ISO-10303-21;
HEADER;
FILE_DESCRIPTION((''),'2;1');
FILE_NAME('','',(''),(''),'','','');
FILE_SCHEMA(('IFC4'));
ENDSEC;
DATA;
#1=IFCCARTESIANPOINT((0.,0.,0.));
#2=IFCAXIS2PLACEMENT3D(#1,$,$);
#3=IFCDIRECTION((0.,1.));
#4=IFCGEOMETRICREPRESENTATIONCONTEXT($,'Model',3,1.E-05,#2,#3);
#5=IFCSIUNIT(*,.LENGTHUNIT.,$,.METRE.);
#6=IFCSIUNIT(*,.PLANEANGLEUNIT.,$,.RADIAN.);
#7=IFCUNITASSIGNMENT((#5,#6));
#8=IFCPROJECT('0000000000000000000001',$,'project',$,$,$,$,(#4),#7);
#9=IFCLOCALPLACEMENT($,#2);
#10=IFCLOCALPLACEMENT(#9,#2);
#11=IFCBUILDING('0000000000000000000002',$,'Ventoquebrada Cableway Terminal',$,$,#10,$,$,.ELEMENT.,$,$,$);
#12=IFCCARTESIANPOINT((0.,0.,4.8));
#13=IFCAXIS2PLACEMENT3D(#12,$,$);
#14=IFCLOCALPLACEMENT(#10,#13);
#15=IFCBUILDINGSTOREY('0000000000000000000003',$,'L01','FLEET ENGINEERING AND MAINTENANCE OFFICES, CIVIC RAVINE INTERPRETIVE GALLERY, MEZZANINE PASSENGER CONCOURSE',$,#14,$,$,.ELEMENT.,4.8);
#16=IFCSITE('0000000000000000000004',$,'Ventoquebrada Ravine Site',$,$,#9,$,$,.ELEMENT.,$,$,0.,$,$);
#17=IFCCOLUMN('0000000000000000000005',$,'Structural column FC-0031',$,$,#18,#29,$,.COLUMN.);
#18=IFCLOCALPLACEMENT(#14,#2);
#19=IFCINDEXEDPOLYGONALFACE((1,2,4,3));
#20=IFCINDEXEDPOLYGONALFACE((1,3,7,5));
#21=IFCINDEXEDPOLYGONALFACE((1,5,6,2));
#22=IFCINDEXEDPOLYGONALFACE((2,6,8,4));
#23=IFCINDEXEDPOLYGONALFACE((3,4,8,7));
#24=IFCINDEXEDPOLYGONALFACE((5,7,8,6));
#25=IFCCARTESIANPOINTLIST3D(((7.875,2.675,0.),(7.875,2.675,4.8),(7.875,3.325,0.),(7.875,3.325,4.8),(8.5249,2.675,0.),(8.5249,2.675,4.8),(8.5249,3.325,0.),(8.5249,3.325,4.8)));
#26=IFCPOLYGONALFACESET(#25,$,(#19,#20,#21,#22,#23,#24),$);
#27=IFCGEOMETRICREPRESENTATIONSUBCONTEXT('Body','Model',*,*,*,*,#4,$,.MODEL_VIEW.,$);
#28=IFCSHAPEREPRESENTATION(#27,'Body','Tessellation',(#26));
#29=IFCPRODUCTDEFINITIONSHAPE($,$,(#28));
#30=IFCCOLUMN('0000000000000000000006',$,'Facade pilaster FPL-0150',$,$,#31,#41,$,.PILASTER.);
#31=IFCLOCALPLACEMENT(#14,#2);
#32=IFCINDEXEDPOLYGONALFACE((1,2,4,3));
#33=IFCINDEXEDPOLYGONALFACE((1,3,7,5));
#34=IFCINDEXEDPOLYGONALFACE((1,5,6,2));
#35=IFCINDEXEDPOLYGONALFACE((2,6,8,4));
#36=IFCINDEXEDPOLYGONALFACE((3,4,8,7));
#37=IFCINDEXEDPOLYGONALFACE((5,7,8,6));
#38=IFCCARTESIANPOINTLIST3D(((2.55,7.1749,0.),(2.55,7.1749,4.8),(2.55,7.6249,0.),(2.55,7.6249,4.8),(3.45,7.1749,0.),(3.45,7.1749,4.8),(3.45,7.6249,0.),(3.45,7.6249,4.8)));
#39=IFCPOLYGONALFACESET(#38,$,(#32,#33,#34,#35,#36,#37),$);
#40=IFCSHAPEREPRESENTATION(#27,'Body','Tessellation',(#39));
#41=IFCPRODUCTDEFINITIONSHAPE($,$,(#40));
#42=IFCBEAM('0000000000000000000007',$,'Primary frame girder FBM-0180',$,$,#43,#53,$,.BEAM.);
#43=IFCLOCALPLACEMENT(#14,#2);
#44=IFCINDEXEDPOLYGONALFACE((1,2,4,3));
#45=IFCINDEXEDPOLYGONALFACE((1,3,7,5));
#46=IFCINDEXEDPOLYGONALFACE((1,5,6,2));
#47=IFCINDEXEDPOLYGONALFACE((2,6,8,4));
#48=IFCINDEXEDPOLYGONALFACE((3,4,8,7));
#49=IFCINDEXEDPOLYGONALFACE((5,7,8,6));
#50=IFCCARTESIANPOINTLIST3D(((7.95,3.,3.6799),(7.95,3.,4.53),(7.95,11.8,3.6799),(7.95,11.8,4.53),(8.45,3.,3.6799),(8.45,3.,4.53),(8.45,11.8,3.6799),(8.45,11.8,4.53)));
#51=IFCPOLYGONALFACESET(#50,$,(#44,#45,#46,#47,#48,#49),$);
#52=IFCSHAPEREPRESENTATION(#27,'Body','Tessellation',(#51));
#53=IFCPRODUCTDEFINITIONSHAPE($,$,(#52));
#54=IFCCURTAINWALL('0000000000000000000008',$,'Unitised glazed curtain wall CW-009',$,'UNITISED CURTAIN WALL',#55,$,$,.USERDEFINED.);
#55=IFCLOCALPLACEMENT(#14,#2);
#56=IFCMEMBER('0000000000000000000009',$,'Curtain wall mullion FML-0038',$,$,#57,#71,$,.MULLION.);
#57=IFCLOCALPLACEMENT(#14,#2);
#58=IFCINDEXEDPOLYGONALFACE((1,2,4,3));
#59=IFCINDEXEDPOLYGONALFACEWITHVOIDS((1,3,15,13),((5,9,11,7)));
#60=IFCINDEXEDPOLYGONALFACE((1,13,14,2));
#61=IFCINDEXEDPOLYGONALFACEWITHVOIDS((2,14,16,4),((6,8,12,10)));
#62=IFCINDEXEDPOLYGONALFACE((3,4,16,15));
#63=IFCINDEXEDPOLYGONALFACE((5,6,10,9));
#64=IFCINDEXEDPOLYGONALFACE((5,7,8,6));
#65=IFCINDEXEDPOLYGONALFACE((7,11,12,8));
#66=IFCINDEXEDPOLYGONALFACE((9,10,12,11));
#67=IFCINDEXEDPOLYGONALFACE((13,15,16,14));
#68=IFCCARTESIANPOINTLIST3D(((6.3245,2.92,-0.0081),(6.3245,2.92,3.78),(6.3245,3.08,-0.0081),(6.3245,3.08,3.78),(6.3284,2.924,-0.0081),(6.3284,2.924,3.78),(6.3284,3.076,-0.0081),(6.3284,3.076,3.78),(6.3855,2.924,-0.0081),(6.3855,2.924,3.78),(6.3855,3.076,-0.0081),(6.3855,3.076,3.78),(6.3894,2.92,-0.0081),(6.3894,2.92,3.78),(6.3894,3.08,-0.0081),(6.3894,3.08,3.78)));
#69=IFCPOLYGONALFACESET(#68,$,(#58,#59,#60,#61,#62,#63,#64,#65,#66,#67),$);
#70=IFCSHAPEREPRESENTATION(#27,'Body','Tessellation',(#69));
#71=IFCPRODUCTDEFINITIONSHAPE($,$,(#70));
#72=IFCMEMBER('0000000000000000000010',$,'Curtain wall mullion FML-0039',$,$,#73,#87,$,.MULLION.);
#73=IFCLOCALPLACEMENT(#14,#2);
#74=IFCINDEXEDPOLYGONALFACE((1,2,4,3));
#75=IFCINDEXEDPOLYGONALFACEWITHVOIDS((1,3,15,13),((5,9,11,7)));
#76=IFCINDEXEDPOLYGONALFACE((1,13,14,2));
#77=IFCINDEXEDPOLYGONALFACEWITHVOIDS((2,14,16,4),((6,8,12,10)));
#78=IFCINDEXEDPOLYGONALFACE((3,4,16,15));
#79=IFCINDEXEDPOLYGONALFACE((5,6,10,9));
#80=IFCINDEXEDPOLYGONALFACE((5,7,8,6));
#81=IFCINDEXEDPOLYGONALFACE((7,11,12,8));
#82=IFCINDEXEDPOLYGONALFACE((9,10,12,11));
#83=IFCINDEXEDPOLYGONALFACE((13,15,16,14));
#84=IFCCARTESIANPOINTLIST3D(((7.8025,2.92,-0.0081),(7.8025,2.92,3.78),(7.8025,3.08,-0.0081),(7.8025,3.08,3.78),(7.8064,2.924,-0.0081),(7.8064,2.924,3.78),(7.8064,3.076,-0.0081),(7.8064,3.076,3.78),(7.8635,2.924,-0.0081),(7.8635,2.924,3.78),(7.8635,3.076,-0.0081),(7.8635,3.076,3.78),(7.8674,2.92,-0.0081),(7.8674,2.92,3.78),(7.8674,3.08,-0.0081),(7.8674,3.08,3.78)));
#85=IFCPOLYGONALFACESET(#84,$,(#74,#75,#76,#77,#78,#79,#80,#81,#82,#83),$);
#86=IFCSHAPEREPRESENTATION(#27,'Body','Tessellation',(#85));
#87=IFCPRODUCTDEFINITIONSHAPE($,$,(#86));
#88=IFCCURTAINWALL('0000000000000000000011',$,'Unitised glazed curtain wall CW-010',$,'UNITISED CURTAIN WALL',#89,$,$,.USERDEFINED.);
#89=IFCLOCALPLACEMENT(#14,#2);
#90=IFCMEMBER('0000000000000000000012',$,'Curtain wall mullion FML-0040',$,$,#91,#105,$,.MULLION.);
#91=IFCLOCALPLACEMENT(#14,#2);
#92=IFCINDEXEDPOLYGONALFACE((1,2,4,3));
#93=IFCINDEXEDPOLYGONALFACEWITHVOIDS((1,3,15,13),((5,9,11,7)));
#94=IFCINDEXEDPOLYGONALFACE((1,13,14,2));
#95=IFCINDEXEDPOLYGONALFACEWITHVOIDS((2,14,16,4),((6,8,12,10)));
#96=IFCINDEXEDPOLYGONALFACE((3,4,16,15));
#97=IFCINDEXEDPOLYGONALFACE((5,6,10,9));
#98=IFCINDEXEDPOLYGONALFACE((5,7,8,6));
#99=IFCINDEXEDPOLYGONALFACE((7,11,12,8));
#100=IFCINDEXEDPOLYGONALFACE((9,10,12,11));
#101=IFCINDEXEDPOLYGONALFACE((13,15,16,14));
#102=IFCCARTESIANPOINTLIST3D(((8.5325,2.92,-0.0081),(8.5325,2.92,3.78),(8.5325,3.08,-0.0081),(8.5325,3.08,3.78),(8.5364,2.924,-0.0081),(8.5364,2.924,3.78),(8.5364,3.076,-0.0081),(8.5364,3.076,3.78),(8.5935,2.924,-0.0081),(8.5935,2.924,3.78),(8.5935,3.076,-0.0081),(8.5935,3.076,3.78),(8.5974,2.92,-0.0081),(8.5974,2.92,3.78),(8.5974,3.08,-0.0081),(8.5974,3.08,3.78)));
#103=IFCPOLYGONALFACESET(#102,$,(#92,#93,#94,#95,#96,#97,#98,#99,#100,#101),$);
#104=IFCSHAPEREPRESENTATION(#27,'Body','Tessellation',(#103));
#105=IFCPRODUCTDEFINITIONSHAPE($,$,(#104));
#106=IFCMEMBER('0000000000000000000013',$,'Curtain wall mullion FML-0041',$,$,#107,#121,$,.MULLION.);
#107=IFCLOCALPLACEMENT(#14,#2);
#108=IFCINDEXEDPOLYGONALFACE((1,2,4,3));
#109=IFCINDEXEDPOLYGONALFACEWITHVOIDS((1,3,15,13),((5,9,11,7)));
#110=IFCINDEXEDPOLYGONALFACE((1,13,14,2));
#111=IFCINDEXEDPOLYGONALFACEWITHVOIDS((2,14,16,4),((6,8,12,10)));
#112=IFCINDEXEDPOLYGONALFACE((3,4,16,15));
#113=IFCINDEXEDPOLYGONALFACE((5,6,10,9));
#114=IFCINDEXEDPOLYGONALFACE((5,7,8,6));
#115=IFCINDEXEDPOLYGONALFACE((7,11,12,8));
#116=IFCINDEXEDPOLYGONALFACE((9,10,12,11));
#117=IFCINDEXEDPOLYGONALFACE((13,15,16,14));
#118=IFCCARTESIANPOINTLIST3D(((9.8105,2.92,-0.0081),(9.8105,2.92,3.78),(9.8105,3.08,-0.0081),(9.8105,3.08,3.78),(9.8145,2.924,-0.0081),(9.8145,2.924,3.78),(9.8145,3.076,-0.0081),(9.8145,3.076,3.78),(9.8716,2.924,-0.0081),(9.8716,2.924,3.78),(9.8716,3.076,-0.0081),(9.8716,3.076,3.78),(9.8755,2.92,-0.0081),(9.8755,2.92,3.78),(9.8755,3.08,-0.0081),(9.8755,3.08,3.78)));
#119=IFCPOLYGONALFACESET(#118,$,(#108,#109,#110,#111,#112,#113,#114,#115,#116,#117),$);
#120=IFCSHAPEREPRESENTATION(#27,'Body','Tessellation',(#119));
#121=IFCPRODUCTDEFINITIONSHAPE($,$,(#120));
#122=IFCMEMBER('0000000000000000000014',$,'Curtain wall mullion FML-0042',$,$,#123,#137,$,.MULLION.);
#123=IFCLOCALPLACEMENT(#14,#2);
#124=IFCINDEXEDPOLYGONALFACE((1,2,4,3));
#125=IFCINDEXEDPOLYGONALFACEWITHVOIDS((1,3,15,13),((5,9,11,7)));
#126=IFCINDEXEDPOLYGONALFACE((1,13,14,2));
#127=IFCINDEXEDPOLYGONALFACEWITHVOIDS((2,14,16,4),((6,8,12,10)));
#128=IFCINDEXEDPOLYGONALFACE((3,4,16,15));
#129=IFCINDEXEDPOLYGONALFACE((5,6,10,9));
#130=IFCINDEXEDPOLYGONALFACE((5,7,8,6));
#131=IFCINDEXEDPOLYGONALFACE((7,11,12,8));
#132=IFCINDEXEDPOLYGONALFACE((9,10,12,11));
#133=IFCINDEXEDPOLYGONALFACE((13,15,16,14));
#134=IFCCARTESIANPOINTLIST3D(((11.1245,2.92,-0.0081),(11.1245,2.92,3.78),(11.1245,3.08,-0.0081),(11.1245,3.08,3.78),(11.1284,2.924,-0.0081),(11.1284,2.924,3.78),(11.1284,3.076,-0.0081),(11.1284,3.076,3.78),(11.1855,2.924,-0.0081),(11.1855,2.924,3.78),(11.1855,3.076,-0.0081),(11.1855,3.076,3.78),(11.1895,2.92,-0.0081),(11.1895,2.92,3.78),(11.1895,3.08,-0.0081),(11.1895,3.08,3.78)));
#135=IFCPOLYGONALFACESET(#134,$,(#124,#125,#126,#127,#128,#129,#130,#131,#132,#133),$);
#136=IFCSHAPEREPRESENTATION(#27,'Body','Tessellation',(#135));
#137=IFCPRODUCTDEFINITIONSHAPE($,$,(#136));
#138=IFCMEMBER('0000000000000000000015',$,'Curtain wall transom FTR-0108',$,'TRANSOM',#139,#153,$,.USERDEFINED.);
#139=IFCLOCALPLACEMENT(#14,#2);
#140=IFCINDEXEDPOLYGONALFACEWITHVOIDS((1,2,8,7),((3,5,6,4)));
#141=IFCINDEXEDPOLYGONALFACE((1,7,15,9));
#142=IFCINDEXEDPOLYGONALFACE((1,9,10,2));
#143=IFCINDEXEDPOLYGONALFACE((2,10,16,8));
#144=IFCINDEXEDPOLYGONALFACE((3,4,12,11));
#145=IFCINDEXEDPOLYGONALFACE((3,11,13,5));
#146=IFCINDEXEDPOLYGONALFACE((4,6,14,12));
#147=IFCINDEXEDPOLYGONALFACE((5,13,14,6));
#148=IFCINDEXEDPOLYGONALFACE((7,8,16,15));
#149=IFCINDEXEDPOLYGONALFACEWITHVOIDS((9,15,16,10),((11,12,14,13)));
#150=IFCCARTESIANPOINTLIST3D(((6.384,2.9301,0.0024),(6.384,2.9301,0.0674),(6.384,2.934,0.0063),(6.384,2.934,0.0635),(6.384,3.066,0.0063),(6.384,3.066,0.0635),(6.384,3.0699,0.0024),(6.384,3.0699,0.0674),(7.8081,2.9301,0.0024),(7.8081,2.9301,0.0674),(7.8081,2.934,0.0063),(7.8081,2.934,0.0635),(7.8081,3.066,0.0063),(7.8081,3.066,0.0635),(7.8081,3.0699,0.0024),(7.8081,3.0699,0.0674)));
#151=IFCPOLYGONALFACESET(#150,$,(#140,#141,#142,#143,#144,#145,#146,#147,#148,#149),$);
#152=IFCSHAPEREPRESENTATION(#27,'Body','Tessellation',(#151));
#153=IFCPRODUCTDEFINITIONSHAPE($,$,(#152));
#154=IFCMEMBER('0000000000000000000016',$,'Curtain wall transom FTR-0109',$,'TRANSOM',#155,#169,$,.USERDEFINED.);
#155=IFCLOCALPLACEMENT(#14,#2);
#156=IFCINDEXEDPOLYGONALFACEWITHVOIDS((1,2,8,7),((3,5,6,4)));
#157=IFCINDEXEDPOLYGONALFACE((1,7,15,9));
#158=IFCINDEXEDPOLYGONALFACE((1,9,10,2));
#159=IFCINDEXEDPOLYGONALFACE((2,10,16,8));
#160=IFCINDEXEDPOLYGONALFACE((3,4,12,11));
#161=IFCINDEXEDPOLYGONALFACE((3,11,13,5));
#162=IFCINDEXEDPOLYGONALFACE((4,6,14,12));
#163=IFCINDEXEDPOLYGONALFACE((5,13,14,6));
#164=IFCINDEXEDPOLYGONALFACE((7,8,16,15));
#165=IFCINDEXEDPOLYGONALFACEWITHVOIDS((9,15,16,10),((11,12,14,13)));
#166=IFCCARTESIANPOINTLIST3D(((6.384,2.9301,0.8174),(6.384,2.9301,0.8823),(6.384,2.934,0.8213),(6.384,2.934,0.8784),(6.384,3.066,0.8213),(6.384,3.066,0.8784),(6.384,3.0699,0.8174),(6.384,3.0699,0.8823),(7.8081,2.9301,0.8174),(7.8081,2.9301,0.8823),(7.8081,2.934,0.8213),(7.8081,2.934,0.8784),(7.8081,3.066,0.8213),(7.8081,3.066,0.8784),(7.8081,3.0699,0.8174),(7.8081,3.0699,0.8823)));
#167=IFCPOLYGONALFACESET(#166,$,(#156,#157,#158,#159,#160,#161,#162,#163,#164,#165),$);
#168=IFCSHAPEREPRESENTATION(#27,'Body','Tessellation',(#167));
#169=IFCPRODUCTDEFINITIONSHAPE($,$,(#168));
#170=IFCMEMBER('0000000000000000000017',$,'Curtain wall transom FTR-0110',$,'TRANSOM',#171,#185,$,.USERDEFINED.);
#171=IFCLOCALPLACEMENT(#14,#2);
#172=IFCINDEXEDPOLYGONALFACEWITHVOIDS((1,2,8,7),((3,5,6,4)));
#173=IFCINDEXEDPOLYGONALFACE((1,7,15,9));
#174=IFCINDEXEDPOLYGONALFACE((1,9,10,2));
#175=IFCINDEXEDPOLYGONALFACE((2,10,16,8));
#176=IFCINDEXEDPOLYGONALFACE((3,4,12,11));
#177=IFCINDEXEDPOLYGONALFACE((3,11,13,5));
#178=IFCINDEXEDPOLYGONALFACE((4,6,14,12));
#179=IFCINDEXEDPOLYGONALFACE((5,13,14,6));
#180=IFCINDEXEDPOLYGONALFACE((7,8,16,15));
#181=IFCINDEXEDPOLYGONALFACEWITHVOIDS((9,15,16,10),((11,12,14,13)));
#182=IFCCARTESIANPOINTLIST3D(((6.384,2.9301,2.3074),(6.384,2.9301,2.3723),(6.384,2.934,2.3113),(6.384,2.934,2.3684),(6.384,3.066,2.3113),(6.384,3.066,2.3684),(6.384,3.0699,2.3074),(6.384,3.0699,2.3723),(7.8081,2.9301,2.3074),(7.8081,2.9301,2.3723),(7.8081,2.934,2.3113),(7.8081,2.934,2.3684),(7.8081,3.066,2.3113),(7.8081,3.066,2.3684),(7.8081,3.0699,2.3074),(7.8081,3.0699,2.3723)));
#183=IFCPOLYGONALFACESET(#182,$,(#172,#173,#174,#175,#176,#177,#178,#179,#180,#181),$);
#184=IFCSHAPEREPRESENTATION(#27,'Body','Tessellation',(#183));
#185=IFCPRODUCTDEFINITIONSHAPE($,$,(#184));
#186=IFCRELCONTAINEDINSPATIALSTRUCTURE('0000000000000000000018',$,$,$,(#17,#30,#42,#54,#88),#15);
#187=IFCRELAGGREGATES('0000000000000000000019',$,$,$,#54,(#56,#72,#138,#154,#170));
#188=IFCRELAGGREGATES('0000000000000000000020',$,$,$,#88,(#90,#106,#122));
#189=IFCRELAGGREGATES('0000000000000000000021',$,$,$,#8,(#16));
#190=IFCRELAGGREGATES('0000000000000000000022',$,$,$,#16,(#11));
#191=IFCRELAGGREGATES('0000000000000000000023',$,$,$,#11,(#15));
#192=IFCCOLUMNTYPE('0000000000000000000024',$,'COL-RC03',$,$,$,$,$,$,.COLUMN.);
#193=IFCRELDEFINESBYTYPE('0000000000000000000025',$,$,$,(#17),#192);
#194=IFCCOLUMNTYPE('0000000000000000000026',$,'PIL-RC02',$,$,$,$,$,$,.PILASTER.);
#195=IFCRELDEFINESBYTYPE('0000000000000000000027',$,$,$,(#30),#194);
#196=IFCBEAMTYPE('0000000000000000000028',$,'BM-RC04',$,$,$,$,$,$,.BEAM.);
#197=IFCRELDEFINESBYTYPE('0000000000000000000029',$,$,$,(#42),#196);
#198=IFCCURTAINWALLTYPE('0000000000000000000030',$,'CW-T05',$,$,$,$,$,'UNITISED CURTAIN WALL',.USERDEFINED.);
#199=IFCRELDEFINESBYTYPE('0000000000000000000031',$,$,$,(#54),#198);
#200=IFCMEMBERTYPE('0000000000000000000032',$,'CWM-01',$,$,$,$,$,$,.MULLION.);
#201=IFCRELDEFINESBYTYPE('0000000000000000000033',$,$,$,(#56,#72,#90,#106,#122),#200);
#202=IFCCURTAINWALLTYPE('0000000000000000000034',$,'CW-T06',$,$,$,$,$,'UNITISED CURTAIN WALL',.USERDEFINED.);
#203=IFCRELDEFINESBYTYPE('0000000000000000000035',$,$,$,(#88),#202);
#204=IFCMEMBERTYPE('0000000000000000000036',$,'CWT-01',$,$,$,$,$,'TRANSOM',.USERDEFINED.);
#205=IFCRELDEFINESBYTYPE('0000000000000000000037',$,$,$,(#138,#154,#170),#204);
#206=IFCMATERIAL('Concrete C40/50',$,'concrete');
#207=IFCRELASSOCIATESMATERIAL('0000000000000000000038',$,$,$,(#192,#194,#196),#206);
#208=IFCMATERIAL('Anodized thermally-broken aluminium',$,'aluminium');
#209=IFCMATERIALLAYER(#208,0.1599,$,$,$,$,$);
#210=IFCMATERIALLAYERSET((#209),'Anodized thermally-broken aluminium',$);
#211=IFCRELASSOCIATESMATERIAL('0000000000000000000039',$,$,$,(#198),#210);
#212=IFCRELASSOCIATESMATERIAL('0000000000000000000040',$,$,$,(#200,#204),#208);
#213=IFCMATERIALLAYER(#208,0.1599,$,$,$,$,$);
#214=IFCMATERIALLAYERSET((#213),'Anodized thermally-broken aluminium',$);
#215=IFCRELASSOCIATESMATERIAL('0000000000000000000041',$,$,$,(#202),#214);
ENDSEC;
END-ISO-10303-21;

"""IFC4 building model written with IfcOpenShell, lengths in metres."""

from ifc_helpers import new_model, si_unit, direction, frame, origin, origin_2d, place, context, subcontext, project, spatial, rectangle, hollow_rectangle, extrude, material, layer, layer_set, material_profile, profile_set, type_object, element, aggregate, save


model = new_model("IFC4")

# Units and contexts
model_context = context("Model", 3, precision=1e-05, world=origin(), true_north=direction((0.0, 1.0)))
body_context = subcontext(model_context, "Body", "Model", "MODEL_VIEW")
ifc_project = project(units=[si_unit("LENGTHUNIT", "METRE"), si_unit("PLANEANGLEUNIT", "RADIAN")], contexts=[model_context])

# Site, building, storey
site_placement = place(None, origin())
site = spatial("IfcSite", under=ifc_project, at=site_placement, Name="Ventoquebrada Ravine Site", CompositionType="ELEMENT", RefElevation=0.0)
building_placement = place(site_placement, origin())
building = spatial("IfcBuilding", under=site, at=building_placement, Name="Ventoquebrada Cableway Terminal", CompositionType="ELEMENT")
storey_placement = place(building_placement, frame((0.0, 0.0, 4.8)))
storey = spatial("IfcBuildingStorey", under=building, at=storey_placement, Name="L01", Description="FLEET ENGINEERING AND MAINTENANCE OFFICES, CIVIC RAVINE INTERPRETIVE GALLERY, MEZZANINE PASSENGER CONCOURSE", CompositionType="ELEMENT", Elevation=4.8)

# Columns
ifc_material_1 = material(Name="Concrete C40/50", Category="concrete")
ifc_material_profile_1 = material_profile(ifc_material_1, rectangle(XDim=0.6499, YDim=0.6499, at=origin_2d()), Name="RC-COL-650X650")
ifc_profile_set_1 = profile_set([ifc_material_profile_1], Name="Concrete C40/50")
column_type_1 = type_object("IfcColumnType", Name="COL-RC03", PredefinedType="COLUMN", material=ifc_profile_set_1)
column_1_placement = place(storey_placement, frame((8.2, 3.0, 0.0), z_axis=(0.0, 0.0, 1.0), x_axis=(1.0, 0.0, 0.0)))
element("IfcColumn", 1, at=column_1_placement, inside=storey, type_object=column_type_1, Name="Structural column FC-0031", PredefinedType="COLUMN", context=body_context, shape_type="SweptSolid", body=[
    extrude(rectangle(XDim=0.6499, YDim=0.6499, at=origin_2d()), origin(), (0.0, 0.0, 1.0), 4.8),
])
ifc_material_profile_2 = material_profile(ifc_material_1, rectangle(XDim=0.45, YDim=0.8999, at=origin_2d()), Name="RC-PIL-450X900")
ifc_profile_set_2 = profile_set([ifc_material_profile_2], Name="Concrete C40/50")
column_type_2 = type_object("IfcColumnType", Name="PIL-RC02", PredefinedType="PILASTER", material=ifc_profile_set_2)
column_2_placement = place(storey_placement, frame((3.0, 7.3999, 0.0), z_axis=(0.0, 0.0, 1.0), x_axis=(0.0, 1.0, 0.0)))
element("IfcColumn", 2, at=column_2_placement, inside=storey, type_object=column_type_2, Name="Facade pilaster FPL-0150", PredefinedType="PILASTER", context=body_context, shape_type="SweptSolid", body=[
    extrude(rectangle(XDim=0.45, YDim=0.8999, at=origin_2d()), origin(), (0.0, 0.0, 1.0), 4.8),
])

# Beam
ifc_material_profile_3 = material_profile(ifc_material_1, rectangle(XDim=0.5, YDim=0.8501, at=origin_2d()), Name="RC-BM-500X850")
ifc_profile_set_3 = profile_set([ifc_material_profile_3], Name="Concrete C40/50")
beam_type_1 = type_object("IfcBeamType", Name="BM-RC04", PredefinedType="BEAM", material=ifc_profile_set_3)
beam_1_placement = place(storey_placement, frame((8.2, 3.0, 4.105), z_axis=(0.0, 1.0, 0.0), x_axis=(-1.0, 0.0, 0.0)))
element("IfcBeam", 3, at=beam_1_placement, inside=storey, type_object=beam_type_1, Name="Primary frame girder FBM-0180", PredefinedType="BEAM", context=body_context, shape_type="SweptSolid", body=[
    extrude(rectangle(XDim=0.5, YDim=0.8501, at=origin_2d()), origin(), (0.0, 0.0, 1.0), 8.8),
])

# Curtain walls, members
ifc_material_2 = material(Name="Anodized thermally-broken aluminium", Category="aluminium")
ifc_layer_1 = layer(ifc_material_2, 0.1599)
ifc_layer_set_1 = layer_set([ifc_layer_1], Name="Anodized thermally-broken aluminium")
curtain_wall_type_1 = type_object("IfcCurtainWallType", Name="CW-T05", ElementType="UNITISED CURTAIN WALL", PredefinedType="USERDEFINED", material=ifc_layer_set_1)
curtain_wall_1_placement = place(storey_placement, origin())
curtain_wall_1 = element("IfcCurtainWall", 4, at=curtain_wall_1_placement, inside=storey, type_object=curtain_wall_type_1, Name="Unitised glazed curtain wall CW-009", ObjectType="UNITISED CURTAIN WALL", PredefinedType="USERDEFINED")
ifc_material_profile_4 = material_profile(ifc_material_2, hollow_rectangle(XDim=0.0649, YDim=0.1599, WallThickness=0.0039, at=origin_2d()), Name="CW-MUL-65X160")
ifc_profile_set_4 = profile_set([ifc_material_profile_4], Name="Anodized thermally-broken aluminium")
member_type_1 = type_object("IfcMemberType", Name="CWM-01", PredefinedType="MULLION", material=ifc_profile_set_4)
member_1_placement = place(storey_placement, frame((6.3569, 3.0, -0.0081), z_axis=(0.0, 0.0, 1.0), x_axis=(1.0, 0.0, 0.0)))
member_1 = element("IfcMember", 5, at=member_1_placement, type_object=member_type_1, Name="Curtain wall mullion FML-0038", PredefinedType="MULLION", context=body_context, shape_type="SweptSolid", body=[
    extrude(hollow_rectangle(XDim=0.0649, YDim=0.1599, WallThickness=0.0039, at=origin_2d()), origin(), (0.0, 0.0, 1.0), 3.7881),
])
member_2_placement = place(storey_placement, frame((7.835, 3.0, -0.0081), z_axis=(0.0, 0.0, 1.0), x_axis=(1.0, 0.0, 0.0)))
member_2 = element("IfcMember", 6, at=member_2_placement, type_object=member_type_1, Name="Curtain wall mullion FML-0039", PredefinedType="MULLION", context=body_context, shape_type="SweptSolid", body=[
    extrude(hollow_rectangle(XDim=0.0649, YDim=0.1599, WallThickness=0.0039, at=origin_2d()), origin(), (0.0, 0.0, 1.0), 3.7881),
])
ifc_layer_2 = layer(ifc_material_2, 0.1599)
ifc_layer_set_2 = layer_set([ifc_layer_2], Name="Anodized thermally-broken aluminium")
curtain_wall_type_2 = type_object("IfcCurtainWallType", Name="CW-T06", ElementType="UNITISED CURTAIN WALL", PredefinedType="USERDEFINED", material=ifc_layer_set_2)
curtain_wall_2_placement = place(storey_placement, origin())
curtain_wall_2 = element("IfcCurtainWall", 7, at=curtain_wall_2_placement, inside=storey, type_object=curtain_wall_type_2, Name="Unitised glazed curtain wall CW-010", ObjectType="UNITISED CURTAIN WALL", PredefinedType="USERDEFINED")
member_3_placement = place(storey_placement, frame((8.5649, 3.0, -0.0081), z_axis=(0.0, 0.0, 1.0), x_axis=(1.0, 0.0, 0.0)))
member_3 = element("IfcMember", 8, at=member_3_placement, type_object=member_type_1, Name="Curtain wall mullion FML-0040", PredefinedType="MULLION", context=body_context, shape_type="SweptSolid", body=[
    extrude(hollow_rectangle(XDim=0.0649, YDim=0.1599, WallThickness=0.0039, at=origin_2d()), origin(), (0.0, 0.0, 1.0), 3.7881),
])
member_4_placement = place(storey_placement, frame((9.843, 3.0, -0.0081), z_axis=(0.0, 0.0, 1.0), x_axis=(1.0, 0.0, 0.0)))
member_4 = element("IfcMember", 9, at=member_4_placement, type_object=member_type_1, Name="Curtain wall mullion FML-0041", PredefinedType="MULLION", context=body_context, shape_type="SweptSolid", body=[
    extrude(hollow_rectangle(XDim=0.0649, YDim=0.1599, WallThickness=0.0039, at=origin_2d()), origin(), (0.0, 0.0, 1.0), 3.7881),
])
member_5_placement = place(storey_placement, frame((11.157, 3.0, -0.0081), z_axis=(0.0, 0.0, 1.0), x_axis=(1.0, 0.0, 0.0)))
member_5 = element("IfcMember", 10, at=member_5_placement, type_object=member_type_1, Name="Curtain wall mullion FML-0042", PredefinedType="MULLION", context=body_context, shape_type="SweptSolid", body=[
    extrude(hollow_rectangle(XDim=0.0649, YDim=0.1599, WallThickness=0.0039, at=origin_2d()), origin(), (0.0, 0.0, 1.0), 3.7881),
])

# Members
ifc_material_profile_5 = material_profile(ifc_material_2, hollow_rectangle(XDim=0.0649, YDim=0.1399, WallThickness=0.0039, at=origin_2d()), Name="CW-TRN-65X140")
ifc_profile_set_5 = profile_set([ifc_material_profile_5], Name="Anodized thermally-broken aluminium")
member_type_2 = type_object("IfcMemberType", Name="CWT-01", ElementType="TRANSOM", PredefinedType="USERDEFINED", material=ifc_profile_set_5)
member_6_placement = place(storey_placement, frame((6.384, 3.0, 0.0349), z_axis=(1.0, 0.0, 0.0), x_axis=(0.0, 0.0, 1.0)))
member_6 = element("IfcMember", 11, at=member_6_placement, type_object=member_type_2, Name="Curtain wall transom FTR-0108", ObjectType="TRANSOM", PredefinedType="USERDEFINED", context=body_context, shape_type="SweptSolid", body=[
    extrude(hollow_rectangle(XDim=0.0649, YDim=0.1399, WallThickness=0.0039, at=origin_2d()), origin(), (0.0, 0.0, 1.0), 1.4241),
])
member_7_placement = place(storey_placement, frame((6.384, 3.0, 0.8499), z_axis=(1.0, 0.0, 0.0), x_axis=(0.0, 0.0, 1.0)))
member_7 = element("IfcMember", 12, at=member_7_placement, type_object=member_type_2, Name="Curtain wall transom FTR-0109", ObjectType="TRANSOM", PredefinedType="USERDEFINED", context=body_context, shape_type="SweptSolid", body=[
    extrude(hollow_rectangle(XDim=0.0649, YDim=0.1399, WallThickness=0.0039, at=origin_2d()), origin(), (0.0, 0.0, 1.0), 1.4241),
])
member_8_placement = place(storey_placement, frame((6.384, 3.0, 2.3398), z_axis=(1.0, 0.0, 0.0), x_axis=(0.0, 0.0, 1.0)))
member_8 = element("IfcMember", 13, at=member_8_placement, type_object=member_type_2, Name="Curtain wall transom FTR-0110", ObjectType="TRANSOM", PredefinedType="USERDEFINED", context=body_context, shape_type="SweptSolid", body=[
    extrude(hollow_rectangle(XDim=0.0649, YDim=0.1399, WallThickness=0.0039, at=origin_2d()), origin(), (0.0, 0.0, 1.0), 1.4241),
])

aggregate(curtain_wall_1, [member_1, member_2, member_6, member_7, member_8])
aggregate(curtain_wall_2, [member_3, member_4, member_5])

save(model, "model.ifc")
